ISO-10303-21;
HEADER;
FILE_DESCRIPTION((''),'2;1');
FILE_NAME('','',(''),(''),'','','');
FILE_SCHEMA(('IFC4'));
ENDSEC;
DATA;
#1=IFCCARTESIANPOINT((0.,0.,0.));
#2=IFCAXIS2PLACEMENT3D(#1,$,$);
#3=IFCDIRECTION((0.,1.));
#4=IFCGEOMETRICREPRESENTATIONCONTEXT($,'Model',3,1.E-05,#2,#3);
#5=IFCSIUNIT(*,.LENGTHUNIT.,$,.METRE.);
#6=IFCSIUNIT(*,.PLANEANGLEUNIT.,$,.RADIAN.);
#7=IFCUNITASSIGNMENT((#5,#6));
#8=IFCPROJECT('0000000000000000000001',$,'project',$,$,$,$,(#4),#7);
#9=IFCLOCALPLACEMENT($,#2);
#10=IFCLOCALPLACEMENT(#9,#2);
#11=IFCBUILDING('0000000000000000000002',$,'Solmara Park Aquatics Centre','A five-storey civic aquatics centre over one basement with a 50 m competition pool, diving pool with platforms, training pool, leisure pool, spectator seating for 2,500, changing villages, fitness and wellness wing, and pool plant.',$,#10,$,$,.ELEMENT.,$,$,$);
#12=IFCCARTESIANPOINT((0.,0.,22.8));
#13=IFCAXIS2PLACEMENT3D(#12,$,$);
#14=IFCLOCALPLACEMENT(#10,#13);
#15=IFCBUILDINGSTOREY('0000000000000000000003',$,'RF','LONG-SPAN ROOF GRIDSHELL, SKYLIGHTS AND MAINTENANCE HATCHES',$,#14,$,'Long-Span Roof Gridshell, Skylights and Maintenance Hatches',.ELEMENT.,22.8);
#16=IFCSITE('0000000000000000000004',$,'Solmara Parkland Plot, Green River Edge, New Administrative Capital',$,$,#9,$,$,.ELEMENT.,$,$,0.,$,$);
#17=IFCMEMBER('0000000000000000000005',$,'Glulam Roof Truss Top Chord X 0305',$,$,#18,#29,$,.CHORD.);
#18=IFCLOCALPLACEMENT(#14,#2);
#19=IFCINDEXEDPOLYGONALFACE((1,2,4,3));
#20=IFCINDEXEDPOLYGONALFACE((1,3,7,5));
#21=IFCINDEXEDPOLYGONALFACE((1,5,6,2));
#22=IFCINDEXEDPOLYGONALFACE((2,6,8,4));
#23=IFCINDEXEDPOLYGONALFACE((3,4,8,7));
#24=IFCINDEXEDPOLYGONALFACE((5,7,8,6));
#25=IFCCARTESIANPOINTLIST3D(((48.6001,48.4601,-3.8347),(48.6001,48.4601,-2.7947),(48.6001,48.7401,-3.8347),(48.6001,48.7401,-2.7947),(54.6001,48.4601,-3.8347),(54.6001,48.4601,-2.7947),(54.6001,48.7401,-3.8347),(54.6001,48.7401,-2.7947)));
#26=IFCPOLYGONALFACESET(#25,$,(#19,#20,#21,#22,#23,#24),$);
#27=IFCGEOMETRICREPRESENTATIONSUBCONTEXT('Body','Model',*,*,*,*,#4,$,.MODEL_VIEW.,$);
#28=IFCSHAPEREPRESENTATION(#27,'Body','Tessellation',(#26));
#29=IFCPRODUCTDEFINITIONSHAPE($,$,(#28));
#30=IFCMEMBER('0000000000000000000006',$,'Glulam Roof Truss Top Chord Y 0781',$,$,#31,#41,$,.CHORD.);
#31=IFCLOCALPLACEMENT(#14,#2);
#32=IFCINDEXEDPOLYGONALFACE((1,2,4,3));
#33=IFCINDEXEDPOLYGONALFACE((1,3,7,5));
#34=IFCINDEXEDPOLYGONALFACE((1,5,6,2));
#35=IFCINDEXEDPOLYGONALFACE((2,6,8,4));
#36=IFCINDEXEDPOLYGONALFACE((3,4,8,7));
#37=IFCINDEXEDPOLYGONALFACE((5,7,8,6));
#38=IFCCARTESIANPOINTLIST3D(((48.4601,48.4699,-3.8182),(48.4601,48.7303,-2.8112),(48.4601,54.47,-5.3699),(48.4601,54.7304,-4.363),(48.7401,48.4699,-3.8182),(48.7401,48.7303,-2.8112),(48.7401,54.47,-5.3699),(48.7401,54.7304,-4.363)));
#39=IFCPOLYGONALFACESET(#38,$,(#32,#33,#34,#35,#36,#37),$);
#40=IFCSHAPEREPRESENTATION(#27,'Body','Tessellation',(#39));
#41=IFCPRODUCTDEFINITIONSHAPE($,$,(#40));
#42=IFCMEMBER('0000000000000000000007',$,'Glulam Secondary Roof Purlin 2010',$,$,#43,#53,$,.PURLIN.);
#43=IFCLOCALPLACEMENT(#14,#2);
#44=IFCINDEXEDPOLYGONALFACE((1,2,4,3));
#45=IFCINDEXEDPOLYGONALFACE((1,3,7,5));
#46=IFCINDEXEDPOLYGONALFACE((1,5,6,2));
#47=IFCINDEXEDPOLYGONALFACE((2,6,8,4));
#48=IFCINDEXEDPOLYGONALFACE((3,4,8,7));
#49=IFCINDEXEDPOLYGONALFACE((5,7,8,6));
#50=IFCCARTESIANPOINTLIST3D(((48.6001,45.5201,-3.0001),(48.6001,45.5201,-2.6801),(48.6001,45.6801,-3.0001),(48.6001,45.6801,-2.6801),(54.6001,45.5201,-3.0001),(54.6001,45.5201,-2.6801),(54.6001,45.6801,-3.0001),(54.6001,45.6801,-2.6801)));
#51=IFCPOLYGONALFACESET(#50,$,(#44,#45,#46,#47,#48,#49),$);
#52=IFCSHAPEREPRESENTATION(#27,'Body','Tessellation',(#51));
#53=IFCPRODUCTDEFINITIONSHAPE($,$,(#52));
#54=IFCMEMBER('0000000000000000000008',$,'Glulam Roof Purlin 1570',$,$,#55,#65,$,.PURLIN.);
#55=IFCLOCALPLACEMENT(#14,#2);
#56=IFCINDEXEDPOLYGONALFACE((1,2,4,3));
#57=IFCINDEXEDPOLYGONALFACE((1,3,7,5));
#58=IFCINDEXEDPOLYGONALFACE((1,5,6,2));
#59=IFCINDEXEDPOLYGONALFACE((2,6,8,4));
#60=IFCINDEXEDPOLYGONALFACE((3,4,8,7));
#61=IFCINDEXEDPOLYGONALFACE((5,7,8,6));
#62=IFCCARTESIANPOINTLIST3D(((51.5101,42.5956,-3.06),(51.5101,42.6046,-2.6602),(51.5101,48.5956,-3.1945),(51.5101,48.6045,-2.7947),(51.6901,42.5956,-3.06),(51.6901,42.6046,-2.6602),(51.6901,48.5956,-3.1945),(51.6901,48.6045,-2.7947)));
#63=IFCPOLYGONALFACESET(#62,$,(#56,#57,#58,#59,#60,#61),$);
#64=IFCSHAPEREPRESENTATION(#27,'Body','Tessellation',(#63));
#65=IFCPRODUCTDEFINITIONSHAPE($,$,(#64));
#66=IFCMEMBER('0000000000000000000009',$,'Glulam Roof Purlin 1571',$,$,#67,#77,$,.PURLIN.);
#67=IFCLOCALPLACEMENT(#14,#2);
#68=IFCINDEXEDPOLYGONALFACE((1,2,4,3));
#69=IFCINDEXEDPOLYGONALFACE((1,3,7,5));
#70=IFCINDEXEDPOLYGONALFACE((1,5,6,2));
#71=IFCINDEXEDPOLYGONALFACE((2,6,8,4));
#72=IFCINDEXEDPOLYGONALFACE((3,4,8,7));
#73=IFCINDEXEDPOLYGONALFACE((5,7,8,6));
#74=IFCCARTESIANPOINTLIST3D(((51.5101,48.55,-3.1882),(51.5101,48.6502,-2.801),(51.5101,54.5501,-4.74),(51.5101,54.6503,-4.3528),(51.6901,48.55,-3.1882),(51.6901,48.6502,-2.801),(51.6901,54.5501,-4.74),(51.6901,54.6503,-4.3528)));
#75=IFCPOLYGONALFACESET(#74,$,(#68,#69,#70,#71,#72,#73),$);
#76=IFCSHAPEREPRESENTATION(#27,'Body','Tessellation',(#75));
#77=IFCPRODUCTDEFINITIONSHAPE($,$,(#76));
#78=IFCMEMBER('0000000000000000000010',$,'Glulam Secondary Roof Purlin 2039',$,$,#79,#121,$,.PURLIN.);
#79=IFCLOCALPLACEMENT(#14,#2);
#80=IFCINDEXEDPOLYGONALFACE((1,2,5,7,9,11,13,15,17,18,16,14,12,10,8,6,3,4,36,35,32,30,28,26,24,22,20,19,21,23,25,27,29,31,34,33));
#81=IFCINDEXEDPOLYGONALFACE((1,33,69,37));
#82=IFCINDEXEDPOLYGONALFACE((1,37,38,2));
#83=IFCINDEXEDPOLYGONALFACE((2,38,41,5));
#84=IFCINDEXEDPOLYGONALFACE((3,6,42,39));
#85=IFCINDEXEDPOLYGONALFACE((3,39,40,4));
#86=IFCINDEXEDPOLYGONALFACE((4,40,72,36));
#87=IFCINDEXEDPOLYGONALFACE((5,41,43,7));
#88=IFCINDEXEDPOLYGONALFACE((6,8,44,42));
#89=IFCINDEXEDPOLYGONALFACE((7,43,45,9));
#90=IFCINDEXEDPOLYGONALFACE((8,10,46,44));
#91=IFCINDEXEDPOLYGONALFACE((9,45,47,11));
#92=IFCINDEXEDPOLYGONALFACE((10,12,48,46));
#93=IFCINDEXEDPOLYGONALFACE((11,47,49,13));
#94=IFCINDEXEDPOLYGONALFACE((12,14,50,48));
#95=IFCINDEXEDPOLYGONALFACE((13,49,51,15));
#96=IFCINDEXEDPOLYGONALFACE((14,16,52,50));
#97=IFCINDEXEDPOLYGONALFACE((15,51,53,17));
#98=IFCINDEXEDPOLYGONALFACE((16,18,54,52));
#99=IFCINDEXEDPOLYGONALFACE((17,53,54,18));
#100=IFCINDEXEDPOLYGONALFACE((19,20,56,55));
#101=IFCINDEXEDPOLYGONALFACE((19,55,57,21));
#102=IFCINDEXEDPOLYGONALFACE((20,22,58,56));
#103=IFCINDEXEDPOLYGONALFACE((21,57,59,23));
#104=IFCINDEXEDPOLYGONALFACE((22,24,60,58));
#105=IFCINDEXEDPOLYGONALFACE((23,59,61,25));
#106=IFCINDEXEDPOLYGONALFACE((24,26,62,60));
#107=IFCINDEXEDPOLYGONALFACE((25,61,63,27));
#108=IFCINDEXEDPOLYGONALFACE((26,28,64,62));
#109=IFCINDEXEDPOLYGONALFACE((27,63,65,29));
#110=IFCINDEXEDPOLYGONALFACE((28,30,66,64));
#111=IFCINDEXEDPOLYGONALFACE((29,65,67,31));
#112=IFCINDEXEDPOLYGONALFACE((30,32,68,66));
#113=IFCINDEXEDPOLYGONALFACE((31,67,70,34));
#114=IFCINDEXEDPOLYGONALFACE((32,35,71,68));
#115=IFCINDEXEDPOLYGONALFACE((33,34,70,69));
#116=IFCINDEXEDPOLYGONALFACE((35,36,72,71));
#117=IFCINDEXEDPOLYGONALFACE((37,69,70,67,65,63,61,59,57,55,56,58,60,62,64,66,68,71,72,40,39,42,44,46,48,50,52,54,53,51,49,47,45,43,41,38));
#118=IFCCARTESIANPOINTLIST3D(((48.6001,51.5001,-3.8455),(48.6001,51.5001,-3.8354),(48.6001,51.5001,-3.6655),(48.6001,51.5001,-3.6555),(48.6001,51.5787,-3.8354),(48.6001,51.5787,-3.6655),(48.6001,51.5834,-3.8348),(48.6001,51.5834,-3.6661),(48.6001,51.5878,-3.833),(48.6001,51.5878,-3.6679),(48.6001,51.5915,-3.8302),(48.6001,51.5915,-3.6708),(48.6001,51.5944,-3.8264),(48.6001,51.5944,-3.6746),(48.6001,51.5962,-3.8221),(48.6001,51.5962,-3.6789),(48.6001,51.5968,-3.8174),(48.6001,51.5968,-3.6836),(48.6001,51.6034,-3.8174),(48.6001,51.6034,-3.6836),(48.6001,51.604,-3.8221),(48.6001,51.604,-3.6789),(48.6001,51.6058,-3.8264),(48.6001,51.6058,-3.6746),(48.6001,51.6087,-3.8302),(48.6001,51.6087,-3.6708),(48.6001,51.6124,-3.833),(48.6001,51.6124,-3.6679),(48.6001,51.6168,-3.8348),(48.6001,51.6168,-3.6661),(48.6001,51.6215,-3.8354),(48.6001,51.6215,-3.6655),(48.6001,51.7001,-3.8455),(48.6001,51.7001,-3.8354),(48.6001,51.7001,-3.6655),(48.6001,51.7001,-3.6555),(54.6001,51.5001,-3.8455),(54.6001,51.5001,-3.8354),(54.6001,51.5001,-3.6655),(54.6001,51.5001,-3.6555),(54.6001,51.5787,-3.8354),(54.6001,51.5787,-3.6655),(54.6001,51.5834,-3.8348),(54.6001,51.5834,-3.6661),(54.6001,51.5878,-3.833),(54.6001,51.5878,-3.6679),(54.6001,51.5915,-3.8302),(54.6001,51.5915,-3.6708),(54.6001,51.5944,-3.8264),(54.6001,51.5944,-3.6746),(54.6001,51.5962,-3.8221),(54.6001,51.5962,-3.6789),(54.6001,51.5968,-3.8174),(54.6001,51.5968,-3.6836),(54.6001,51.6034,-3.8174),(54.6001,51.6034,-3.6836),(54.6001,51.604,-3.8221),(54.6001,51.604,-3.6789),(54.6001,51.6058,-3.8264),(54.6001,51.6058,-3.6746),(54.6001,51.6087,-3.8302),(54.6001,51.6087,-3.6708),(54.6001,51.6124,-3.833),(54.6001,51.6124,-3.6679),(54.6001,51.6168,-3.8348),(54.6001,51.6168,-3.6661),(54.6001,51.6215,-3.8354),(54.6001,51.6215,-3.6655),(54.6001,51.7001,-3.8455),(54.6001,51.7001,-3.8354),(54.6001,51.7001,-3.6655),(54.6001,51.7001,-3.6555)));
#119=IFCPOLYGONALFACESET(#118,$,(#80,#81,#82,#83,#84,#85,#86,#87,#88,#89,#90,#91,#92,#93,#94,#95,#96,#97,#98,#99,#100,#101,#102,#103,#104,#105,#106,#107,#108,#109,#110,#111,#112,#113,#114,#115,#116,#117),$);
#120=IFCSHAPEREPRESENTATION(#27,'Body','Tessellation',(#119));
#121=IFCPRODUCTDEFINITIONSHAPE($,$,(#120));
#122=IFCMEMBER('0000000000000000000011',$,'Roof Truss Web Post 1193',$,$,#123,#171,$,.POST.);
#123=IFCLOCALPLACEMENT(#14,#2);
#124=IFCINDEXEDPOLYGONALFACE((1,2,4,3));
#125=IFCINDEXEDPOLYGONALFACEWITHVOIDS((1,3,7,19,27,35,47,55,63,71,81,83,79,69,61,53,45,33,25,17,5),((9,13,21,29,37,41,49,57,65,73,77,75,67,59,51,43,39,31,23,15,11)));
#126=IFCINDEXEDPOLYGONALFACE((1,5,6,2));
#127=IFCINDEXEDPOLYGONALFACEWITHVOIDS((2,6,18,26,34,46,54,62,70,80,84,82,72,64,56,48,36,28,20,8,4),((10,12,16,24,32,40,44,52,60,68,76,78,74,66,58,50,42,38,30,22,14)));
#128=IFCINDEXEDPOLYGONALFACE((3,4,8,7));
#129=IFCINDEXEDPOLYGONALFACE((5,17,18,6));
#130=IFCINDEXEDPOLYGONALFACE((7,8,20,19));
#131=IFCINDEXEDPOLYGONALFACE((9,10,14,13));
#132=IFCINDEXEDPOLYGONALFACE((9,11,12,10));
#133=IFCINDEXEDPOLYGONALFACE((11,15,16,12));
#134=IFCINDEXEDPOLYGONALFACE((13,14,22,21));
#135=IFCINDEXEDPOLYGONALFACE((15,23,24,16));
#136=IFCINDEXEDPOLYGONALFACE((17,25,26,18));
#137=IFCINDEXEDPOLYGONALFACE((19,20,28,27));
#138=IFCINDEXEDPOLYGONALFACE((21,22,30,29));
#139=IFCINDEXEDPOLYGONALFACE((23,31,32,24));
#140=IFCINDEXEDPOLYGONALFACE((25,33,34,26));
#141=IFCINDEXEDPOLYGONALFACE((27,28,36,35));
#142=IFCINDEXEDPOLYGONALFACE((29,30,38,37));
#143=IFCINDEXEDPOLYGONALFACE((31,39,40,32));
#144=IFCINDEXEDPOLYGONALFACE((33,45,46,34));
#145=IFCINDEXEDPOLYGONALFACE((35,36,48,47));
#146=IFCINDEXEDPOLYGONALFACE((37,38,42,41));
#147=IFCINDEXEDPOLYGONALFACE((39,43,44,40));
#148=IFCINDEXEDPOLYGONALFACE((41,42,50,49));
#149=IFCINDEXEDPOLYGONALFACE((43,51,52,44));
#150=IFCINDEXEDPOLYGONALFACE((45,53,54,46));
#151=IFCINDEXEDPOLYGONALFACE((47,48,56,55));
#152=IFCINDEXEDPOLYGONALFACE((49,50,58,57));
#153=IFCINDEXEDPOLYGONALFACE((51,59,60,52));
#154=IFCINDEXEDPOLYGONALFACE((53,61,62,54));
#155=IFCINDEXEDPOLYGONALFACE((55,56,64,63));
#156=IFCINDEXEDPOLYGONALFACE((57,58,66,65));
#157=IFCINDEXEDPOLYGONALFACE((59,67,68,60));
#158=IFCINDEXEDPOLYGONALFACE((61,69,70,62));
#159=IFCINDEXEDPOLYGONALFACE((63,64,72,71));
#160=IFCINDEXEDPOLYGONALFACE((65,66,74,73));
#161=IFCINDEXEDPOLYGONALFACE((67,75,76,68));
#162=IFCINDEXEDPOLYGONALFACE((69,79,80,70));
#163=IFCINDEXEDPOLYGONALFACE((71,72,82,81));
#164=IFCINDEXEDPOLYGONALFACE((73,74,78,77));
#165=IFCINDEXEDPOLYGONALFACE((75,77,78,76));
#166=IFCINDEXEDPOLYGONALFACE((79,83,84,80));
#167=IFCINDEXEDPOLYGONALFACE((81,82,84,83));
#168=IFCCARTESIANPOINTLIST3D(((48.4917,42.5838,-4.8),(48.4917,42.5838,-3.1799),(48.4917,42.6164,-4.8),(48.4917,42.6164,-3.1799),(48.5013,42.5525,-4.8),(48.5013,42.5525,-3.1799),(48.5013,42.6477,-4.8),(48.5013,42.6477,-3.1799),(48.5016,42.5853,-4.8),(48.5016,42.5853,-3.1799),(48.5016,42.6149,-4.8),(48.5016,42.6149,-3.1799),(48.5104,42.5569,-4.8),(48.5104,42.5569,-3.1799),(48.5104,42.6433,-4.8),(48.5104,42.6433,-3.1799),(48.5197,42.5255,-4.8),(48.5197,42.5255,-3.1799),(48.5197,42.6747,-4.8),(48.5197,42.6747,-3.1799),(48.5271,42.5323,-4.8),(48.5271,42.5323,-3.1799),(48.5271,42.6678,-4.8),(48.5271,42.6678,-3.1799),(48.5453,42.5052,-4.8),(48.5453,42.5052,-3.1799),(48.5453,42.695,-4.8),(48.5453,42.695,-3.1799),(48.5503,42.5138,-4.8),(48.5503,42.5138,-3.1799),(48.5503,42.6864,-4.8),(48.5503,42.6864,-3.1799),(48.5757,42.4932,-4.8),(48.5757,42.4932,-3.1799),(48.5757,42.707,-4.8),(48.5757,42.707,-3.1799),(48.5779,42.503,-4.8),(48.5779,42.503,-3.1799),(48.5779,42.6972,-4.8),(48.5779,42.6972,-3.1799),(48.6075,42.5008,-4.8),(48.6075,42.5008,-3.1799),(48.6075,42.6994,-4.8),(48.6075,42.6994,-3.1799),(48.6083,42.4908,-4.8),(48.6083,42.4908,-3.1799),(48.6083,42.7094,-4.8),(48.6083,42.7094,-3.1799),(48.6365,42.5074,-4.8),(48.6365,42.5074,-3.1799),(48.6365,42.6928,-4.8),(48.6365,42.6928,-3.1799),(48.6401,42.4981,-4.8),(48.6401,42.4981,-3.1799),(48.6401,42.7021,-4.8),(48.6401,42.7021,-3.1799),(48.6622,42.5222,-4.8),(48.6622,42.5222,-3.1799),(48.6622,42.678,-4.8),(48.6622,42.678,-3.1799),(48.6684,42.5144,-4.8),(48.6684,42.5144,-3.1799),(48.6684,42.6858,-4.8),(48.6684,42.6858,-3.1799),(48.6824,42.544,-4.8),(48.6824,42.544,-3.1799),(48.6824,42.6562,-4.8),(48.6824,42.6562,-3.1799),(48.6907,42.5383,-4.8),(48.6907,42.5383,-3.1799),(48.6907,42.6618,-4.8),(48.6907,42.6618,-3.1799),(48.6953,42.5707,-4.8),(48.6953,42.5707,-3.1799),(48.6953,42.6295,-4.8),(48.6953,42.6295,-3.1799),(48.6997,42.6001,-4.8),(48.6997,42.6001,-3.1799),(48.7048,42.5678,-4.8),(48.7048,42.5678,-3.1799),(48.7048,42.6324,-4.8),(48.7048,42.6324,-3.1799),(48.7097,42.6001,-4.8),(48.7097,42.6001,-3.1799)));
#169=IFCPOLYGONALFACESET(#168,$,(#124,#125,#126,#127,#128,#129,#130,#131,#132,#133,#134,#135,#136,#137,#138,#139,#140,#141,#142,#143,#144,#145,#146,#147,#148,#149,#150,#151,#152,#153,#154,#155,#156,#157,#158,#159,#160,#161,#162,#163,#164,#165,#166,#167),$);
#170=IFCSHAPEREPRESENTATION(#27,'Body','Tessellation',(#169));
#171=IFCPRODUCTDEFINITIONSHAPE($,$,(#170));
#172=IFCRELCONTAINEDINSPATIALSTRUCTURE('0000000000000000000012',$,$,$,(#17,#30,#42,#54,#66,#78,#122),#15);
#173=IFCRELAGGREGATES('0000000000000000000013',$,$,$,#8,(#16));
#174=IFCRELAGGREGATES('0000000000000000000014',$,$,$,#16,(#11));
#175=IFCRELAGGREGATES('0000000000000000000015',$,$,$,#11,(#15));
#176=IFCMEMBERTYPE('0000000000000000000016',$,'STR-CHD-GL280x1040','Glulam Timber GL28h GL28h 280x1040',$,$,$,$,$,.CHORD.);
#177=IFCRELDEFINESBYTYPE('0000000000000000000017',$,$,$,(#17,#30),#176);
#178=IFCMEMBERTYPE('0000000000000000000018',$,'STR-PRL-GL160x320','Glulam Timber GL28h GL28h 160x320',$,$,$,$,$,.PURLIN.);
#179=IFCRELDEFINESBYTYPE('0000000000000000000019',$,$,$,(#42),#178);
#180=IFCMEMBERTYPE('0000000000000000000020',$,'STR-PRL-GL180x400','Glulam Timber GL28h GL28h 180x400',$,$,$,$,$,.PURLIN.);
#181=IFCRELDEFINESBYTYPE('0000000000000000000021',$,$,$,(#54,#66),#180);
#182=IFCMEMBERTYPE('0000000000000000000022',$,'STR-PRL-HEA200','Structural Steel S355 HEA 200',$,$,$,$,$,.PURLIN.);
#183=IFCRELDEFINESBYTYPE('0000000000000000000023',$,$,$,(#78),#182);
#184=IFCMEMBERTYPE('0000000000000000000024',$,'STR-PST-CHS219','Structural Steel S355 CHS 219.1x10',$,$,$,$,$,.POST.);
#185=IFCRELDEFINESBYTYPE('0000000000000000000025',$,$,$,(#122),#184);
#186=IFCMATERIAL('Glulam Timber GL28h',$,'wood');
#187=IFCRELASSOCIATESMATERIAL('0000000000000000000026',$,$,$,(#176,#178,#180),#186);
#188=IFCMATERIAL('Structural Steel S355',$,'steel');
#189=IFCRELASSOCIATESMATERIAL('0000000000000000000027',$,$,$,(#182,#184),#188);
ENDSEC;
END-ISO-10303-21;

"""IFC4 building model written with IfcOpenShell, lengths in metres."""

from ifc_helpers import new_model, si_unit, direction, frame, origin, origin_2d, place, context, subcontext, project, spatial, rectangle, hollow_circle, i_section, extrude, material, material_profile, profile_set, type_object, element, save


model = new_model("IFC4")

# Units and contexts
model_context = context("Model", 3, precision=1e-05, world=origin(), true_north=direction((0.0, 1.0)))
body_context = subcontext(model_context, "Body", "Model", "MODEL_VIEW")
ifc_project = project(units=[si_unit("LENGTHUNIT", "METRE"), si_unit("PLANEANGLEUNIT", "RADIAN")], contexts=[model_context])

# Site, building, storey
site_placement = place(None, origin())
site = spatial("IfcSite", under=ifc_project, at=site_placement, Name="Solmara Parkland Plot, Green River Edge, New Administrative Capital", CompositionType="ELEMENT", RefElevation=0.0)
building_placement = place(site_placement, origin())
building = spatial("IfcBuilding", under=site, at=building_placement, Name="Solmara Park Aquatics Centre", Description="A five-storey civic aquatics centre over one basement with a 50 m competition pool, diving pool with platforms, training pool, leisure pool, spectator seating for 2,500, changing villages, fitness and wellness wing, and pool plant.", CompositionType="ELEMENT")
storey_placement = place(building_placement, frame((0.0, 0.0, 22.8)))
storey = spatial("IfcBuildingStorey", under=building, at=storey_placement, Name="RF", Description="LONG-SPAN ROOF GRIDSHELL, SKYLIGHTS AND MAINTENANCE HATCHES", LongName="Long-Span Roof Gridshell, Skylights and Maintenance Hatches", CompositionType="ELEMENT", Elevation=22.8)

# Members
ifc_material_1 = material(Name="Structural Steel S355", Category="steel")
ifc_material_2 = material(Name="Glulam Timber GL28h", Category="wood")
ifc_material_profile_1 = material_profile(ifc_material_2, rectangle(XDim=0.28, YDim=1.04, at=origin_2d()), Name="GL28h 280x1040")
ifc_profile_set_1 = profile_set([ifc_material_profile_1], Name="Glulam Timber GL28h")
member_type_1 = type_object("IfcMemberType", Name="STR-CHD-GL280x1040", Description="Glulam Timber GL28h GL28h 280x1040", PredefinedType="CHORD", material=ifc_profile_set_1)
member_1_placement = place(storey_placement, frame((48.6001, 48.6001, -3.3147), z_axis=(1.0, 0.0, 0.0), x_axis=(0.0, 1.0, 0.0)))
element("IfcMember", 1, at=member_1_placement, inside=storey, type_object=member_type_1, Name="Glulam Roof Truss Top Chord X 0305", PredefinedType="CHORD", context=body_context, shape_type="SweptSolid", body=[
    extrude(rectangle(XDim=0.28, YDim=1.04, at=origin_2d()), origin(), (0.0, 0.0, 1.0), 6.0),
])
member_2_placement = place(storey_placement, frame((48.6001, 48.6001, -3.3147), z_axis=(0.0, 0.968146, -0.250388), x_axis=(-1.0, 0.0, 0.0)))
element("IfcMember", 2, at=member_2_placement, inside=storey, type_object=member_type_1, Name="Glulam Roof Truss Top Chord Y 0781", PredefinedType="CHORD", context=body_context, shape_type="SweptSolid", body=[
    extrude(rectangle(XDim=0.28, YDim=1.04, at=origin_2d()), origin(), (0.0, 0.0, 1.0), 6.1975),
])
ifc_material_profile_2 = material_profile(ifc_material_2, rectangle(XDim=0.1599, YDim=0.3201, at=origin_2d()), Name="GL28h 160x320")
ifc_profile_set_2 = profile_set([ifc_material_profile_2], Name="Glulam Timber GL28h")
member_type_2 = type_object("IfcMemberType", Name="STR-PRL-GL160x320", Description="Glulam Timber GL28h GL28h 160x320", PredefinedType="PURLIN", material=ifc_profile_set_2)
member_3_placement = place(storey_placement, frame((48.6001, 45.6001, -2.8401), z_axis=(1.0, 0.0, 0.0), x_axis=(0.0, 1.0, 0.0)))
element("IfcMember", 3, at=member_3_placement, inside=storey, type_object=member_type_2, Name="Glulam Secondary Roof Purlin 2010", PredefinedType="PURLIN", context=body_context, shape_type="SweptSolid", body=[
    extrude(rectangle(XDim=0.1599, YDim=0.3201, at=origin_2d()), origin(), (0.0, 0.0, 1.0), 6.0),
])
ifc_material_profile_3 = material_profile(ifc_material_2, rectangle(XDim=0.1799, YDim=0.3999, at=origin_2d()), Name="GL28h 180x400")
ifc_profile_set_3 = profile_set([ifc_material_profile_3], Name="Glulam Timber GL28h")
member_type_3 = type_object("IfcMemberType", Name="STR-PRL-GL180x400", Description="Glulam Timber GL28h GL28h 180x400", PredefinedType="PURLIN", material=ifc_profile_set_3)
member_4_placement = place(storey_placement, frame((51.6001, 42.6001, -2.8601), z_axis=(0.0, 0.999749, -0.022415), x_axis=(-1.0, 0.0, 0.0)))
element("IfcMember", 4, at=member_4_placement, inside=storey, type_object=member_type_3, Name="Glulam Roof Purlin 1570", PredefinedType="PURLIN", context=body_context, shape_type="SweptSolid", body=[
    extrude(rectangle(XDim=0.1799, YDim=0.3999, at=origin_2d()), origin(), (0.0, 0.0, 1.0), 6.0015),
])
member_5_placement = place(storey_placement, frame((51.6001, 48.6001, -2.9946), z_axis=(0.0, 0.968146, -0.250388), x_axis=(-1.0, 0.0, 0.0)))
element("IfcMember", 5, at=member_5_placement, inside=storey, type_object=member_type_3, Name="Glulam Roof Purlin 1571", PredefinedType="PURLIN", context=body_context, shape_type="SweptSolid", body=[
    extrude(rectangle(XDim=0.1799, YDim=0.3999, at=origin_2d()), origin(), (0.0, 0.0, 1.0), 6.1975),
])
ifc_material_profile_4 = material_profile(ifc_material_1, i_section(OverallWidth=0.2, OverallDepth=0.1899, WebThickness=0.0066, FlangeThickness=0.01, FilletRadius=0.0181, at=origin_2d()), Name="HEA 200")
ifc_profile_set_4 = profile_set([ifc_material_profile_4], Name="Structural Steel S355")
member_type_4 = type_object("IfcMemberType", Name="STR-PRL-HEA200", Description="Structural Steel S355 HEA 200", PredefinedType="PURLIN", material=ifc_profile_set_4)
member_6_placement = place(storey_placement, frame((48.6001, 51.6001, -3.7505), z_axis=(1.0, 0.0, 0.0), x_axis=(0.0, 1.0, 0.0)))
element("IfcMember", 6, at=member_6_placement, inside=storey, type_object=member_type_4, Name="Glulam Secondary Roof Purlin 2039", PredefinedType="PURLIN", context=body_context, shape_type="SweptSolid", body=[
    extrude(i_section(OverallWidth=0.2, OverallDepth=0.1899, WebThickness=0.0066, FlangeThickness=0.01, FilletRadius=0.0181, at=origin_2d()), origin(), (0.0, 0.0, 1.0), 6.0),
])
ifc_material_profile_5 = material_profile(ifc_material_1, hollow_circle(Radius=0.1096, WallThickness=0.01, at=origin_2d()), Name="CHS 219.1x10")
ifc_profile_set_5 = profile_set([ifc_material_profile_5], Name="Structural Steel S355")
member_type_5 = type_object("IfcMemberType", Name="STR-PST-CHS219", Description="Structural Steel S355 CHS 219.1x10", PredefinedType="POST", material=ifc_profile_set_5)
member_7_placement = place(storey_placement, frame((48.6001, 42.6001, -4.8), z_axis=(0.0, 0.0, 1.0), x_axis=(1.0, 0.0, 0.0)))
element("IfcMember", 7, at=member_7_placement, inside=storey, type_object=member_type_5, Name="Roof Truss Web Post 1193", PredefinedType="POST", context=body_context, shape_type="SweptSolid", body=[
    extrude(hollow_circle(Radius=0.1096, WallThickness=0.01, at=origin_2d()), origin(), (0.0, 0.0, 1.0), 1.6201),
])

save(model, "model.ifc")
